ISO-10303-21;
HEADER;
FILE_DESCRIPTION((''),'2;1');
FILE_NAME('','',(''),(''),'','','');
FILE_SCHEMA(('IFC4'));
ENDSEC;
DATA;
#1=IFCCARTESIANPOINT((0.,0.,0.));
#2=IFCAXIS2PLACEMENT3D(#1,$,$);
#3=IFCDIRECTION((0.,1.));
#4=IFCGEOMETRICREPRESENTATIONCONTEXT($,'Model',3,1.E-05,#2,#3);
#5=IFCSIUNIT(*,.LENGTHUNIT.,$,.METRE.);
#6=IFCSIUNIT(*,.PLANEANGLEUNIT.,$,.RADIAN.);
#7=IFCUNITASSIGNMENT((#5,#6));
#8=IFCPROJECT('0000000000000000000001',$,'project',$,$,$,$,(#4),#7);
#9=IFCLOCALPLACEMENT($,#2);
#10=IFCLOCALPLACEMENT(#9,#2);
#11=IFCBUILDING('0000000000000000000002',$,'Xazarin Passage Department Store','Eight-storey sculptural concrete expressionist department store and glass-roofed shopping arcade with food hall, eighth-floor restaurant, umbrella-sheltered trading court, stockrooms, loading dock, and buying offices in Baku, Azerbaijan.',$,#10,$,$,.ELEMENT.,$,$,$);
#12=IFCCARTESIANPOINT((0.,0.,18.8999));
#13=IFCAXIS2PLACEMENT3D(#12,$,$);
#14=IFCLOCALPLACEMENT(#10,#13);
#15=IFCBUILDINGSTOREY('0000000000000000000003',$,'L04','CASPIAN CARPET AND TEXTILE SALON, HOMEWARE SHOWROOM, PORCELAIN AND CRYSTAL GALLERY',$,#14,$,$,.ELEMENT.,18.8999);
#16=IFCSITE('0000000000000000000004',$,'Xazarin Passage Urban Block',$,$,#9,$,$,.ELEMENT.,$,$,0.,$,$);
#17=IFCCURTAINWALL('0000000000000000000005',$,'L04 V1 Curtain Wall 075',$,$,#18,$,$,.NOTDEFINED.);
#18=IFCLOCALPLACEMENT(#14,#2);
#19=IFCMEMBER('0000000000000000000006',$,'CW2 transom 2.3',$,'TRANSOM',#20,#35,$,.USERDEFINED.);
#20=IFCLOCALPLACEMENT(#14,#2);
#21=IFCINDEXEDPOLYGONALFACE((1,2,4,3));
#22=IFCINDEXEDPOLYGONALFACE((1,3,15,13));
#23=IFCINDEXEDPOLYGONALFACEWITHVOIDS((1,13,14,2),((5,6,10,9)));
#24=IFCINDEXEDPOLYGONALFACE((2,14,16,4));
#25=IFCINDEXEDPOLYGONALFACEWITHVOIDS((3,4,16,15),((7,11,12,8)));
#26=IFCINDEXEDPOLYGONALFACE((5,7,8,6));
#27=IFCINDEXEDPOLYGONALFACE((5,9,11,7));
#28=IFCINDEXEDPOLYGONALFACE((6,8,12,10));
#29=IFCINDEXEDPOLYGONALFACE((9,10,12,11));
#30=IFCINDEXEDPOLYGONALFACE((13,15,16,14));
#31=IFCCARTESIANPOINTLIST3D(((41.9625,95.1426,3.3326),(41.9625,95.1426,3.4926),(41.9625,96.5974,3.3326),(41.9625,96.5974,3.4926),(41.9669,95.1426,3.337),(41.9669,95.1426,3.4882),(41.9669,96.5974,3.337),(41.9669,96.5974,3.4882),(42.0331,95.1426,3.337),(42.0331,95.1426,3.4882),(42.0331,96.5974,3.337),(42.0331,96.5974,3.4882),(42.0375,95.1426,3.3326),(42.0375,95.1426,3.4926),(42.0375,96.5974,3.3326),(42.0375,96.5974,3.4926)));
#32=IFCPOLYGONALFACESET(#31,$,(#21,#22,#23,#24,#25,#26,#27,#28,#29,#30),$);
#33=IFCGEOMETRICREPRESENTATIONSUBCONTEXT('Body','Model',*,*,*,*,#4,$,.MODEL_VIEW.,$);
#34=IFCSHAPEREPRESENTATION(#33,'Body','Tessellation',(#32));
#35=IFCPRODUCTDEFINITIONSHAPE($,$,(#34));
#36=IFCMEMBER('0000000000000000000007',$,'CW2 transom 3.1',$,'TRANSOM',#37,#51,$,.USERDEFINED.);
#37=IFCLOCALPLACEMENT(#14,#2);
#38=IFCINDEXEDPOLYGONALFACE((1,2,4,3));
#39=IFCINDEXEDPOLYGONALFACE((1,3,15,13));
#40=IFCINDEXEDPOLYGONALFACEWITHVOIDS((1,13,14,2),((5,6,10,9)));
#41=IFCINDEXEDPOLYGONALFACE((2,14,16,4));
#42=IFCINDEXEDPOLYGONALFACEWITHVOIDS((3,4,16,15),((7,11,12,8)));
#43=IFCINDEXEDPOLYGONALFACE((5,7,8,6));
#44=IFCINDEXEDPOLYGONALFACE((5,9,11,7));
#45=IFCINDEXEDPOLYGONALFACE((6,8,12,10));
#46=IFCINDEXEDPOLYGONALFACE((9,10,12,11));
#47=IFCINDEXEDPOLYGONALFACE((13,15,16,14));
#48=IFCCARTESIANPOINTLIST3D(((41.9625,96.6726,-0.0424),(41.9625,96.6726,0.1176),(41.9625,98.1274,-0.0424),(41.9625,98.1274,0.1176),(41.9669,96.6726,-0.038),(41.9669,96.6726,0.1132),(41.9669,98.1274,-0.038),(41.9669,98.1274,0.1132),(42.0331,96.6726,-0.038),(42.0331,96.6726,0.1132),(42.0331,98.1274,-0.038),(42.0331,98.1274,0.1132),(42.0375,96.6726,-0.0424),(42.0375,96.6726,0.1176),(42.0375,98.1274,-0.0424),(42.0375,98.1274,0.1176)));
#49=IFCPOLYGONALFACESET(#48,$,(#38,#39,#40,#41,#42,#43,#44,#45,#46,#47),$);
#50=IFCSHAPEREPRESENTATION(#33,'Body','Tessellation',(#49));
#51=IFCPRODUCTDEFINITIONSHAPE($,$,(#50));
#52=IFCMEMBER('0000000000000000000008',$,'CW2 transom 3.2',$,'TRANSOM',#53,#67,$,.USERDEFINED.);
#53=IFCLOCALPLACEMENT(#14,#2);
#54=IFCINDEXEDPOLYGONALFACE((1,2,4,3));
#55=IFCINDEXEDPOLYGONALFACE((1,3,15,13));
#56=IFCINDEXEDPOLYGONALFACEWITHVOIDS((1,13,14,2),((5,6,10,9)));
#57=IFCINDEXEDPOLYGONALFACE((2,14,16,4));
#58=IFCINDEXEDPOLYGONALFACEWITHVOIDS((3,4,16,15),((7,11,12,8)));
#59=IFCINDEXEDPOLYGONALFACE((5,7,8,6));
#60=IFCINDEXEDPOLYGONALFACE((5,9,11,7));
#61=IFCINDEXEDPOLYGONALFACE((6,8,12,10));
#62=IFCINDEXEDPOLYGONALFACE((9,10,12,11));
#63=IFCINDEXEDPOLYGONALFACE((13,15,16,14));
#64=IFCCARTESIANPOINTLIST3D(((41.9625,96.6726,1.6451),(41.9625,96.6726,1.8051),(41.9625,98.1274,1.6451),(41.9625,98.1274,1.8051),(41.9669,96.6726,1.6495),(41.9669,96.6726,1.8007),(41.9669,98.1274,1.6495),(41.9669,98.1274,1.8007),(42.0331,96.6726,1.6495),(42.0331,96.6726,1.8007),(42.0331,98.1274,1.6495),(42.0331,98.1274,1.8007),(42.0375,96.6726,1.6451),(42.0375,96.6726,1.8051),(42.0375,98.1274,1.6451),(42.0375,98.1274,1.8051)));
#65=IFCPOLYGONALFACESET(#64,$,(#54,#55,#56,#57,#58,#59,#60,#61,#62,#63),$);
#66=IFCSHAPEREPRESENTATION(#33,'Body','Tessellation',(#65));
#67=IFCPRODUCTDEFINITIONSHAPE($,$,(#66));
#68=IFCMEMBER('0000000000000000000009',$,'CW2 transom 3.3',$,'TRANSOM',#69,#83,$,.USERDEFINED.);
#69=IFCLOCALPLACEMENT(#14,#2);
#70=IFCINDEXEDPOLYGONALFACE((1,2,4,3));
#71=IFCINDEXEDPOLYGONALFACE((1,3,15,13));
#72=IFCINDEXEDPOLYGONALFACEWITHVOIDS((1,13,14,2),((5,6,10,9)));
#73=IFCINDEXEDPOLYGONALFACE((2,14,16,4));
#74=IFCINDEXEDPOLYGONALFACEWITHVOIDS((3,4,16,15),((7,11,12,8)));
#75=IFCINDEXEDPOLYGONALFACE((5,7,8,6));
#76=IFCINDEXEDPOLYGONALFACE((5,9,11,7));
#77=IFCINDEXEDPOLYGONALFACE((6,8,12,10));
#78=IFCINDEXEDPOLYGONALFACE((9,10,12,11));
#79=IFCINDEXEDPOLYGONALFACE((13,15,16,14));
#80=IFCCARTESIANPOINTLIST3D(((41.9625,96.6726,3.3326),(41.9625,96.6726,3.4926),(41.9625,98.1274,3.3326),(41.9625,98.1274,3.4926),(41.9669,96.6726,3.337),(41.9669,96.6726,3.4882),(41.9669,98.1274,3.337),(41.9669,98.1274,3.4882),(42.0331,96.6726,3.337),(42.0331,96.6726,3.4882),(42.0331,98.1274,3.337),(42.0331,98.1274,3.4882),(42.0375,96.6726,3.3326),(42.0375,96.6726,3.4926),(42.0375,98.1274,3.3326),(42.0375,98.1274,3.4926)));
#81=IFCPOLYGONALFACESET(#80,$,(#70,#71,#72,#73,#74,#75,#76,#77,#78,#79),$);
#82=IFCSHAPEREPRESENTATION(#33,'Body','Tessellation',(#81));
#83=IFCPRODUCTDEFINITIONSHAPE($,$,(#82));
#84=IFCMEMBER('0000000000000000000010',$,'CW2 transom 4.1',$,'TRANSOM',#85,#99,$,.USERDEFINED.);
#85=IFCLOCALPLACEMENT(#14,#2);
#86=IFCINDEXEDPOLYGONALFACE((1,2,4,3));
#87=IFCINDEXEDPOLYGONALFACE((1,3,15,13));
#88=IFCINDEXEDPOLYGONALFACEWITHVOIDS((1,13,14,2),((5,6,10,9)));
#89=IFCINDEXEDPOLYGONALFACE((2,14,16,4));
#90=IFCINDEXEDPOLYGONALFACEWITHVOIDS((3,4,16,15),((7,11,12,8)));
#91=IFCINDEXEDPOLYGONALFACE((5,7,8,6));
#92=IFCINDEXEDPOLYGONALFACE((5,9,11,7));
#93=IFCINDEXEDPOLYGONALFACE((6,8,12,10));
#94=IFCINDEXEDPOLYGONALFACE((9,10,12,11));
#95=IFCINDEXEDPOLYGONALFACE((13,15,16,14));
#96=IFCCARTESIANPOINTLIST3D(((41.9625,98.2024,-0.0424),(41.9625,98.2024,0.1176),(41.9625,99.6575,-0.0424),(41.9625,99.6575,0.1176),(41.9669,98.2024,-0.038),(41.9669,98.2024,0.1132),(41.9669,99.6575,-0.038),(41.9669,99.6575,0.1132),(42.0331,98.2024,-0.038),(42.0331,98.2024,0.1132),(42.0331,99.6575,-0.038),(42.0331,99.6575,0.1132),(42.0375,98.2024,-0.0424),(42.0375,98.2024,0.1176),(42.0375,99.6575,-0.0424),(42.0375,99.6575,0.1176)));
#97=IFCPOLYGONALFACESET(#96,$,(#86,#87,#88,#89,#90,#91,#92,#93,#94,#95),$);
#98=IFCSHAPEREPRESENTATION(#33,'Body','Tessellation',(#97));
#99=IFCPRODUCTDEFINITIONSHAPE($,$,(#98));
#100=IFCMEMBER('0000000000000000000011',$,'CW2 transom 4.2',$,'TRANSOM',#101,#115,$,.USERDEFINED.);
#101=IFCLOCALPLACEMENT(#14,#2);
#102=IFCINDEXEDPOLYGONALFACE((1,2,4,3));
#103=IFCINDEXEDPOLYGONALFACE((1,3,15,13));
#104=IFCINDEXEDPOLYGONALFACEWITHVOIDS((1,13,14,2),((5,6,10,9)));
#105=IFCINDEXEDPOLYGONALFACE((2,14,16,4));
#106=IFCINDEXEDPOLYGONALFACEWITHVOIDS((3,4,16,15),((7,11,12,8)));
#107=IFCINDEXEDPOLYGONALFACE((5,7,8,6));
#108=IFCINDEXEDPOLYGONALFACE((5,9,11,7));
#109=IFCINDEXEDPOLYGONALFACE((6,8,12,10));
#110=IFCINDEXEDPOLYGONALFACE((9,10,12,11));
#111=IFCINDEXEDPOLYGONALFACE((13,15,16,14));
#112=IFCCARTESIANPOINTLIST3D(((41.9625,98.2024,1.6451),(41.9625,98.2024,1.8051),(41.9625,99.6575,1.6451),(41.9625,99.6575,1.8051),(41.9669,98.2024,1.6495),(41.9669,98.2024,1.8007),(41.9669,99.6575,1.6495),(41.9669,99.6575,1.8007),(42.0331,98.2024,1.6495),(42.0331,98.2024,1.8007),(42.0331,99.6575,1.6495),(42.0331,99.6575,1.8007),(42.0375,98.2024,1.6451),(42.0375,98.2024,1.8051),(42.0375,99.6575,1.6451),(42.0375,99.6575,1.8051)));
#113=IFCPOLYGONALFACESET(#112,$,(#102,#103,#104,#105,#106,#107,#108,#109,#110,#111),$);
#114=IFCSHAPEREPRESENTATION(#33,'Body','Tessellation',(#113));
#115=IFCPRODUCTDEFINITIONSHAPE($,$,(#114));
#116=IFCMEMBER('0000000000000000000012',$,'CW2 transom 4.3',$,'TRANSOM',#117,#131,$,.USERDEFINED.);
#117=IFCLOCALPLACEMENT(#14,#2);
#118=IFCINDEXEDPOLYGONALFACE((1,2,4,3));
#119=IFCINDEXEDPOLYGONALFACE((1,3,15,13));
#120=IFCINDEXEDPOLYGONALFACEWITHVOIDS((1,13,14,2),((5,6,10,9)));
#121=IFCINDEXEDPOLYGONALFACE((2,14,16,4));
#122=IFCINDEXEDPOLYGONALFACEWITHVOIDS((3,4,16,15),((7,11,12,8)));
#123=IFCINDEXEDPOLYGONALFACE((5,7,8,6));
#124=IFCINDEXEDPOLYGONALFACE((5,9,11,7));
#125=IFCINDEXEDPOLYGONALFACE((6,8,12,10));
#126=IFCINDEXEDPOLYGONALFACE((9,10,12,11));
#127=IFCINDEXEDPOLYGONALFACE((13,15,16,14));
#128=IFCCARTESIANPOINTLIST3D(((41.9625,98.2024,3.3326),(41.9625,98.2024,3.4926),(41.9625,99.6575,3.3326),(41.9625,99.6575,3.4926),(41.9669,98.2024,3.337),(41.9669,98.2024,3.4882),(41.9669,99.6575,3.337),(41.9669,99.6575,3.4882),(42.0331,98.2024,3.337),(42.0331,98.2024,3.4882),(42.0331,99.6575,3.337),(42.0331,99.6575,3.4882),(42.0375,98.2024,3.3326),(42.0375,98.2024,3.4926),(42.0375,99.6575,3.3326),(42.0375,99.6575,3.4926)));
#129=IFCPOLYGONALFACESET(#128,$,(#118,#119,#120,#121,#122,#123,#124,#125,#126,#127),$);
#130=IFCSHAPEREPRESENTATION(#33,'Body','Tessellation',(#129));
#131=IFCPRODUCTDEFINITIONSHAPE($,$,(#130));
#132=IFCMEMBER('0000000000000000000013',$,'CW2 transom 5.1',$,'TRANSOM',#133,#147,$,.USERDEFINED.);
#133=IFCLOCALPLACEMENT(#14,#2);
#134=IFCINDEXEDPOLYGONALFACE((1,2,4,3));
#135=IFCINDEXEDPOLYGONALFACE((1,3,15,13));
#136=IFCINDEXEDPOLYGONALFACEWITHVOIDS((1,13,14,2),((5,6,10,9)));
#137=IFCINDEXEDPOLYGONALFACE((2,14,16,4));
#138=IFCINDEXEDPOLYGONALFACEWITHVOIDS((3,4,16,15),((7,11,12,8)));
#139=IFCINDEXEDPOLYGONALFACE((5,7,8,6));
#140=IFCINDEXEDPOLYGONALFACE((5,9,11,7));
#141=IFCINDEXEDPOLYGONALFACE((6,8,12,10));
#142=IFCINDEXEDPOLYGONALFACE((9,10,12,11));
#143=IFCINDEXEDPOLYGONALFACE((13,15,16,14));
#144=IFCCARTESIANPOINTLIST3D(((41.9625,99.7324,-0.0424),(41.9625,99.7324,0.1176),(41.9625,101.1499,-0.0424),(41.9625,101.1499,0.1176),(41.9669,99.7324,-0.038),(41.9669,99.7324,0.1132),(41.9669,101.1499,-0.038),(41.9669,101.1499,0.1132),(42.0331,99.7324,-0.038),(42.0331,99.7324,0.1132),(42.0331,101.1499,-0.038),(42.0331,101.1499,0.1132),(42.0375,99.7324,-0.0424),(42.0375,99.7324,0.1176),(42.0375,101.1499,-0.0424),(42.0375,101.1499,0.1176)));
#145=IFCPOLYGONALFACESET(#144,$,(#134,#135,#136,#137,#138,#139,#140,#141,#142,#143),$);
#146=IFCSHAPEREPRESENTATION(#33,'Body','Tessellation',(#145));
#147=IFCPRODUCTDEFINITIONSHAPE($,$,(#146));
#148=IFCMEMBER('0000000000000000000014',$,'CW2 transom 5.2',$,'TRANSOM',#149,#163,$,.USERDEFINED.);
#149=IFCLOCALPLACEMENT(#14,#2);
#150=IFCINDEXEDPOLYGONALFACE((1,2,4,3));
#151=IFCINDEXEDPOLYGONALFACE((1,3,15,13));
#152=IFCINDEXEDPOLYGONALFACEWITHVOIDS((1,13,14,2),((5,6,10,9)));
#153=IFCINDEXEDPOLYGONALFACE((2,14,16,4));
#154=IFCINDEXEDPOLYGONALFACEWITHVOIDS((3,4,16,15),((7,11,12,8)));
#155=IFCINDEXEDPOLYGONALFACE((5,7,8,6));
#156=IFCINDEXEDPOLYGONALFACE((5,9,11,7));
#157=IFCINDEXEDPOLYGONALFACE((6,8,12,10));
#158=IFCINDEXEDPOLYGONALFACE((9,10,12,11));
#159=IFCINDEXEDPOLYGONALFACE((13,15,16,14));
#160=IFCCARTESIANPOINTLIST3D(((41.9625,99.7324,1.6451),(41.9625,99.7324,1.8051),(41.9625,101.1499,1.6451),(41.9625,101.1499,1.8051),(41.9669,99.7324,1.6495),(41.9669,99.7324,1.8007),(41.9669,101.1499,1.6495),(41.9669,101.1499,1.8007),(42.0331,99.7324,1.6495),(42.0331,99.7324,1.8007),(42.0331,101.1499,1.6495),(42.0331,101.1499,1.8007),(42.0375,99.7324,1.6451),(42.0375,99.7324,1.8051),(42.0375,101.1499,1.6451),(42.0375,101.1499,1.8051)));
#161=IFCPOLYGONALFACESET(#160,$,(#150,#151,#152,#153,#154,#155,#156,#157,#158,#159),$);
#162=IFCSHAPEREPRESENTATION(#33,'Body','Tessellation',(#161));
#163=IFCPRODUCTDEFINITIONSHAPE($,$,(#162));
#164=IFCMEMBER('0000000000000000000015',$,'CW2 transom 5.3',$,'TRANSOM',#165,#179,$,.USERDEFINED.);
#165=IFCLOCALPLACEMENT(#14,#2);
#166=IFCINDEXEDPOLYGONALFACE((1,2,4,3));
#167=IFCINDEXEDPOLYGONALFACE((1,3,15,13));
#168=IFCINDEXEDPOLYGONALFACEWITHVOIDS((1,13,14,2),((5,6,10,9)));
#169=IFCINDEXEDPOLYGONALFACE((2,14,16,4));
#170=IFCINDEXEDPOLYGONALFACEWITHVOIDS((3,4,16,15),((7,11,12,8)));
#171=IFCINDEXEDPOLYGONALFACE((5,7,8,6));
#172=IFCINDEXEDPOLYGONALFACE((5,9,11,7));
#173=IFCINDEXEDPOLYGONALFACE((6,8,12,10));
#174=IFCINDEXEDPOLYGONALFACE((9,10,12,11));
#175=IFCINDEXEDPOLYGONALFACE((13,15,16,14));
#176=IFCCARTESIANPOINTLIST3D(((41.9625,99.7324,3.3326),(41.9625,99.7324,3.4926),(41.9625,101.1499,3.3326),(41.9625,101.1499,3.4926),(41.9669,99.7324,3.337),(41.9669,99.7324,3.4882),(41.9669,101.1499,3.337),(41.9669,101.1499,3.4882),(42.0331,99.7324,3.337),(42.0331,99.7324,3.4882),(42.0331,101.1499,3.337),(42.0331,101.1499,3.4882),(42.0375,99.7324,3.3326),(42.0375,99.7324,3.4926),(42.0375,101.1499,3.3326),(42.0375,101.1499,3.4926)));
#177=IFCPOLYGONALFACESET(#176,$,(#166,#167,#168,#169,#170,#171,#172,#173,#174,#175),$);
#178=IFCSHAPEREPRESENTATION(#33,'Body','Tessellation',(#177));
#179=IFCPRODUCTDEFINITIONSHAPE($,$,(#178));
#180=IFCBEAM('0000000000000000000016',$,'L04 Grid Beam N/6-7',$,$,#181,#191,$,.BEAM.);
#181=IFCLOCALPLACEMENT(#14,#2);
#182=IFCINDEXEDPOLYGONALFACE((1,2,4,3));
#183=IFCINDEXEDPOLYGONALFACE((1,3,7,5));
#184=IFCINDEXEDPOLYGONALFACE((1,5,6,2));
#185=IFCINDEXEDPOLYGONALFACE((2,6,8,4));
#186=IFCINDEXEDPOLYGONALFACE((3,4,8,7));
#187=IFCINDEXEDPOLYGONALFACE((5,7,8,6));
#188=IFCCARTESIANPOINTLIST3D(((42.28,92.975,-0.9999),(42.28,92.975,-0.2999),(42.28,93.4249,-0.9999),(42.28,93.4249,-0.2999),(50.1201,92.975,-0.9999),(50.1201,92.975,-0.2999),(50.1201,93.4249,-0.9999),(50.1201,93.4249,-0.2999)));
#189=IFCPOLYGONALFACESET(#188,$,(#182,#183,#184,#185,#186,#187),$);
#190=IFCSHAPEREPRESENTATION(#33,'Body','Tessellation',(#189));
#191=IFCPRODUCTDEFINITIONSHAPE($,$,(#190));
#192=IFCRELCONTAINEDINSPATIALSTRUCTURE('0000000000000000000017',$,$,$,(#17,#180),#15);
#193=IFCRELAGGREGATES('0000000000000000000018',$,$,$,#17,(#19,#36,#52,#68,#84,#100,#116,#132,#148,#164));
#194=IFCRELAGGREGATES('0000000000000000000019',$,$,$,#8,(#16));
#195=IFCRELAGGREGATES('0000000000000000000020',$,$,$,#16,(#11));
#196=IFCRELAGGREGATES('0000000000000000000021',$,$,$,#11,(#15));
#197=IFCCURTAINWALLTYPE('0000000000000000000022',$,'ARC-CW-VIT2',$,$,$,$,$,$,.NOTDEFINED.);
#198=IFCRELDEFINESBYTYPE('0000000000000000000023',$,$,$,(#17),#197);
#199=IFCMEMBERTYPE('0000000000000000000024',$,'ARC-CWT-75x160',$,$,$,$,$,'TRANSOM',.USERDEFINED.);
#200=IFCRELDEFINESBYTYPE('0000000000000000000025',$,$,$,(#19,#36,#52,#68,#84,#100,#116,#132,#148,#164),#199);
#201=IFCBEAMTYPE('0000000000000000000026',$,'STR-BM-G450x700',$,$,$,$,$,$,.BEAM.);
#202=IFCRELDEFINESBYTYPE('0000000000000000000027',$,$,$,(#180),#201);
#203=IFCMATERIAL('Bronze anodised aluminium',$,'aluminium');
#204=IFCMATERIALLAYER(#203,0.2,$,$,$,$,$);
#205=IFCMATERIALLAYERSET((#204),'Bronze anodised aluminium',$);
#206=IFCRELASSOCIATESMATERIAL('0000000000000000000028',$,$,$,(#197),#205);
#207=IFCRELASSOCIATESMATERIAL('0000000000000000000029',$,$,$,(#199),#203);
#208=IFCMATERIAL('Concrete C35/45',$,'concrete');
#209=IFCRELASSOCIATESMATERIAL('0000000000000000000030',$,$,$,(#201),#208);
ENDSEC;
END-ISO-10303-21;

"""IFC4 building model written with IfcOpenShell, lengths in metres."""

from ifc_helpers import new_model, si_unit, direction, frame, origin, origin_2d, place, context, subcontext, project, spatial, rectangle, hollow_rectangle, extrude, material, layer, layer_set, material_profile, profile_set, type_object, element, aggregate, save


model = new_model("IFC4")

# Units and contexts
model_context = context("Model", 3, precision=1e-05, world=origin(), true_north=direction((0.0, 1.0)))
body_context = subcontext(model_context, "Body", "Model", "MODEL_VIEW")
ifc_project = project(units=[si_unit("LENGTHUNIT", "METRE"), si_unit("PLANEANGLEUNIT", "RADIAN")], contexts=[model_context])

# Site, building, storey
site_placement = place(None, origin())
site = spatial("IfcSite", under=ifc_project, at=site_placement, Name="Xazarin Passage Urban Block", CompositionType="ELEMENT", RefElevation=0.0)
building_placement = place(site_placement, origin())
building = spatial("IfcBuilding", under=site, at=building_placement, Name="Xazarin Passage Department Store", Description="Eight-storey sculptural concrete expressionist department store and glass-roofed shopping arcade with food hall, eighth-floor restaurant, umbrella-sheltered trading court, stockrooms, loading dock, and buying offices in Baku, Azerbaijan.", CompositionType="ELEMENT")
storey_placement = place(building_placement, frame((0.0, 0.0, 18.8999)))
storey = spatial("IfcBuildingStorey", under=building, at=storey_placement, Name="L04", Description="CASPIAN CARPET AND TEXTILE SALON, HOMEWARE SHOWROOM, PORCELAIN AND CRYSTAL GALLERY", CompositionType="ELEMENT", Elevation=18.8999)

# Curtain wall, members
ifc_material_1 = material(Name="Bronze anodised aluminium", Category="aluminium")
ifc_layer_1 = layer(ifc_material_1, 0.2)
ifc_layer_set_1 = layer_set([ifc_layer_1], Name="Bronze anodised aluminium")
curtain_wall_type = type_object("IfcCurtainWallType", Name="ARC-CW-VIT2", PredefinedType="NOTDEFINED", material=ifc_layer_set_1)
curtain_wall_placement = place(storey_placement, origin())
curtain_wall = element("IfcCurtainWall", 1, at=curtain_wall_placement, inside=storey, type_object=curtain_wall_type, Name="L04 V1 Curtain Wall 075", PredefinedType="NOTDEFINED")
ifc_material_profile_1 = material_profile(ifc_material_1, hollow_rectangle(XDim=0.075, YDim=0.1599, WallThickness=0.0044, at=origin_2d()), Name="ALU 75x160")
ifc_profile_set_1 = profile_set([ifc_material_profile_1], Name="Bronze anodised aluminium")
member_type = type_object("IfcMemberType", Name="ARC-CWT-75x160", ElementType="TRANSOM", PredefinedType="USERDEFINED", material=ifc_profile_set_1)
member_1_placement = place(storey_placement, frame((42.0, 95.1426, 3.4126), z_axis=(0.0, 1.0, 0.0), x_axis=(-1.0, 0.0, 0.0)))
member_1 = element("IfcMember", 2, at=member_1_placement, type_object=member_type, Name="CW2 transom 2.3", ObjectType="TRANSOM", PredefinedType="USERDEFINED", context=body_context, shape_type="SweptSolid", body=[
    extrude(hollow_rectangle(XDim=0.075, YDim=0.1599, WallThickness=0.0044, at=origin_2d()), origin(), (0.0, 0.0, 1.0), 1.4548),
])
member_2_placement = place(storey_placement, frame((42.0, 96.6726, 0.0376), z_axis=(0.0, 1.0, 0.0), x_axis=(-1.0, 0.0, 0.0)))
member_2 = element("IfcMember", 3, at=member_2_placement, type_object=member_type, Name="CW2 transom 3.1", ObjectType="TRANSOM", PredefinedType="USERDEFINED", context=body_context, shape_type="SweptSolid", body=[
    extrude(hollow_rectangle(XDim=0.075, YDim=0.1599, WallThickness=0.0044, at=origin_2d()), origin(), (0.0, 0.0, 1.0), 1.4548),
])
member_3_placement = place(storey_placement, frame((42.0, 96.6726, 1.7251), z_axis=(0.0, 1.0, 0.0), x_axis=(-1.0, 0.0, 0.0)))
member_3 = element("IfcMember", 4, at=member_3_placement, type_object=member_type, Name="CW2 transom 3.2", ObjectType="TRANSOM", PredefinedType="USERDEFINED", context=body_context, shape_type="SweptSolid", body=[
    extrude(hollow_rectangle(XDim=0.075, YDim=0.1599, WallThickness=0.0044, at=origin_2d()), origin(), (0.0, 0.0, 1.0), 1.4548),
])
member_4_placement = place(storey_placement, frame((42.0, 96.6726, 3.4126), z_axis=(0.0, 1.0, 0.0), x_axis=(-1.0, 0.0, 0.0)))
member_4 = element("IfcMember", 5, at=member_4_placement, type_object=member_type, Name="CW2 transom 3.3", ObjectType="TRANSOM", PredefinedType="USERDEFINED", context=body_context, shape_type="SweptSolid", body=[
    extrude(hollow_rectangle(XDim=0.075, YDim=0.1599, WallThickness=0.0044, at=origin_2d()), origin(), (0.0, 0.0, 1.0), 1.4548),
])
member_5_placement = place(storey_placement, frame((42.0, 98.2024, 0.0376), z_axis=(0.0, 1.0, 0.0), x_axis=(-1.0, 0.0, 0.0)))
member_5 = element("IfcMember", 6, at=member_5_placement, type_object=member_type, Name="CW2 transom 4.1", ObjectType="TRANSOM", PredefinedType="USERDEFINED", context=body_context, shape_type="SweptSolid", body=[
    extrude(hollow_rectangle(XDim=0.075, YDim=0.1599, WallThickness=0.0044, at=origin_2d()), origin(), (0.0, 0.0, 1.0), 1.4551),
])
member_6_placement = place(storey_placement, frame((42.0, 98.2024, 1.7251), z_axis=(0.0, 1.0, 0.0), x_axis=(-1.0, 0.0, 0.0)))
member_6 = element("IfcMember", 7, at=member_6_placement, type_object=member_type, Name="CW2 transom 4.2", ObjectType="TRANSOM", PredefinedType="USERDEFINED", context=body_context, shape_type="SweptSolid", body=[
    extrude(hollow_rectangle(XDim=0.075, YDim=0.1599, WallThickness=0.0044, at=origin_2d()), origin(), (0.0, 0.0, 1.0), 1.4551),
])
member_7_placement = place(storey_placement, frame((42.0, 98.2024, 3.4126), z_axis=(0.0, 1.0, 0.0), x_axis=(-1.0, 0.0, 0.0)))
member_7 = element("IfcMember", 8, at=member_7_placement, type_object=member_type, Name="CW2 transom 4.3", ObjectType="TRANSOM", PredefinedType="USERDEFINED", context=body_context, shape_type="SweptSolid", body=[
    extrude(hollow_rectangle(XDim=0.075, YDim=0.1599, WallThickness=0.0044, at=origin_2d()), origin(), (0.0, 0.0, 1.0), 1.4551),
])
member_8_placement = place(storey_placement, frame((42.0, 99.7324, 0.0376), z_axis=(0.0, 1.0, 0.0), x_axis=(-1.0, 0.0, 0.0)))
member_8 = element("IfcMember", 9, at=member_8_placement, type_object=member_type, Name="CW2 transom 5.1", ObjectType="TRANSOM", PredefinedType="USERDEFINED", context=body_context, shape_type="SweptSolid", body=[
    extrude(hollow_rectangle(XDim=0.075, YDim=0.1599, WallThickness=0.0044, at=origin_2d()), origin(), (0.0, 0.0, 1.0), 1.4175),
])
member_9_placement = place(storey_placement, frame((42.0, 99.7324, 1.7251), z_axis=(0.0, 1.0, 0.0), x_axis=(-1.0, 0.0, 0.0)))
member_9 = element("IfcMember", 10, at=member_9_placement, type_object=member_type, Name="CW2 transom 5.2", ObjectType="TRANSOM", PredefinedType="USERDEFINED", context=body_context, shape_type="SweptSolid", body=[
    extrude(hollow_rectangle(XDim=0.075, YDim=0.1599, WallThickness=0.0044, at=origin_2d()), origin(), (0.0, 0.0, 1.0), 1.4175),
])
member_10_placement = place(storey_placement, frame((42.0, 99.7324, 3.4126), z_axis=(0.0, 1.0, 0.0), x_axis=(-1.0, 0.0, 0.0)))
member_10 = element("IfcMember", 11, at=member_10_placement, type_object=member_type, Name="CW2 transom 5.3", ObjectType="TRANSOM", PredefinedType="USERDEFINED", context=body_context, shape_type="SweptSolid", body=[
    extrude(hollow_rectangle(XDim=0.075, YDim=0.1599, WallThickness=0.0044, at=origin_2d()), origin(), (0.0, 0.0, 1.0), 1.4175),
])

# Beam
ifc_material_2 = material(Name="Concrete C35/45", Category="concrete")
ifc_material_profile_2 = material_profile(ifc_material_2, rectangle(XDim=0.45, YDim=0.7, at=origin_2d()), Name="RC 450x700")
ifc_profile_set_2 = profile_set([ifc_material_profile_2], Name="Concrete C35/45")
beam_type_1 = type_object("IfcBeamType", Name="STR-BM-G450x700", PredefinedType="BEAM", material=ifc_profile_set_2)
for number, where, z_axis, x_axis, name in (
    (12, (42.28, 93.2, -0.6499), (1.0, 0.0, 0.0), (0.0, 1.0, 0.0), "L04 Grid Beam N/6-7"),
):
    element("IfcBeam", number, at=place(storey_placement, frame(where, z_axis=z_axis, x_axis=x_axis)), inside=storey, type_object=beam_type_1, Name=name, PredefinedType="BEAM", context=body_context, shape_type="SweptSolid", body=[
        extrude(rectangle(XDim=0.45, YDim=0.7, at=origin_2d()), origin(), (0.0, 0.0, 1.0), 7.8401),
    ])

aggregate(curtain_wall, [member_1, member_2, member_3, member_4, member_5, member_6, member_7, member_8, member_9, member_10])

save(model, "model.ifc")
